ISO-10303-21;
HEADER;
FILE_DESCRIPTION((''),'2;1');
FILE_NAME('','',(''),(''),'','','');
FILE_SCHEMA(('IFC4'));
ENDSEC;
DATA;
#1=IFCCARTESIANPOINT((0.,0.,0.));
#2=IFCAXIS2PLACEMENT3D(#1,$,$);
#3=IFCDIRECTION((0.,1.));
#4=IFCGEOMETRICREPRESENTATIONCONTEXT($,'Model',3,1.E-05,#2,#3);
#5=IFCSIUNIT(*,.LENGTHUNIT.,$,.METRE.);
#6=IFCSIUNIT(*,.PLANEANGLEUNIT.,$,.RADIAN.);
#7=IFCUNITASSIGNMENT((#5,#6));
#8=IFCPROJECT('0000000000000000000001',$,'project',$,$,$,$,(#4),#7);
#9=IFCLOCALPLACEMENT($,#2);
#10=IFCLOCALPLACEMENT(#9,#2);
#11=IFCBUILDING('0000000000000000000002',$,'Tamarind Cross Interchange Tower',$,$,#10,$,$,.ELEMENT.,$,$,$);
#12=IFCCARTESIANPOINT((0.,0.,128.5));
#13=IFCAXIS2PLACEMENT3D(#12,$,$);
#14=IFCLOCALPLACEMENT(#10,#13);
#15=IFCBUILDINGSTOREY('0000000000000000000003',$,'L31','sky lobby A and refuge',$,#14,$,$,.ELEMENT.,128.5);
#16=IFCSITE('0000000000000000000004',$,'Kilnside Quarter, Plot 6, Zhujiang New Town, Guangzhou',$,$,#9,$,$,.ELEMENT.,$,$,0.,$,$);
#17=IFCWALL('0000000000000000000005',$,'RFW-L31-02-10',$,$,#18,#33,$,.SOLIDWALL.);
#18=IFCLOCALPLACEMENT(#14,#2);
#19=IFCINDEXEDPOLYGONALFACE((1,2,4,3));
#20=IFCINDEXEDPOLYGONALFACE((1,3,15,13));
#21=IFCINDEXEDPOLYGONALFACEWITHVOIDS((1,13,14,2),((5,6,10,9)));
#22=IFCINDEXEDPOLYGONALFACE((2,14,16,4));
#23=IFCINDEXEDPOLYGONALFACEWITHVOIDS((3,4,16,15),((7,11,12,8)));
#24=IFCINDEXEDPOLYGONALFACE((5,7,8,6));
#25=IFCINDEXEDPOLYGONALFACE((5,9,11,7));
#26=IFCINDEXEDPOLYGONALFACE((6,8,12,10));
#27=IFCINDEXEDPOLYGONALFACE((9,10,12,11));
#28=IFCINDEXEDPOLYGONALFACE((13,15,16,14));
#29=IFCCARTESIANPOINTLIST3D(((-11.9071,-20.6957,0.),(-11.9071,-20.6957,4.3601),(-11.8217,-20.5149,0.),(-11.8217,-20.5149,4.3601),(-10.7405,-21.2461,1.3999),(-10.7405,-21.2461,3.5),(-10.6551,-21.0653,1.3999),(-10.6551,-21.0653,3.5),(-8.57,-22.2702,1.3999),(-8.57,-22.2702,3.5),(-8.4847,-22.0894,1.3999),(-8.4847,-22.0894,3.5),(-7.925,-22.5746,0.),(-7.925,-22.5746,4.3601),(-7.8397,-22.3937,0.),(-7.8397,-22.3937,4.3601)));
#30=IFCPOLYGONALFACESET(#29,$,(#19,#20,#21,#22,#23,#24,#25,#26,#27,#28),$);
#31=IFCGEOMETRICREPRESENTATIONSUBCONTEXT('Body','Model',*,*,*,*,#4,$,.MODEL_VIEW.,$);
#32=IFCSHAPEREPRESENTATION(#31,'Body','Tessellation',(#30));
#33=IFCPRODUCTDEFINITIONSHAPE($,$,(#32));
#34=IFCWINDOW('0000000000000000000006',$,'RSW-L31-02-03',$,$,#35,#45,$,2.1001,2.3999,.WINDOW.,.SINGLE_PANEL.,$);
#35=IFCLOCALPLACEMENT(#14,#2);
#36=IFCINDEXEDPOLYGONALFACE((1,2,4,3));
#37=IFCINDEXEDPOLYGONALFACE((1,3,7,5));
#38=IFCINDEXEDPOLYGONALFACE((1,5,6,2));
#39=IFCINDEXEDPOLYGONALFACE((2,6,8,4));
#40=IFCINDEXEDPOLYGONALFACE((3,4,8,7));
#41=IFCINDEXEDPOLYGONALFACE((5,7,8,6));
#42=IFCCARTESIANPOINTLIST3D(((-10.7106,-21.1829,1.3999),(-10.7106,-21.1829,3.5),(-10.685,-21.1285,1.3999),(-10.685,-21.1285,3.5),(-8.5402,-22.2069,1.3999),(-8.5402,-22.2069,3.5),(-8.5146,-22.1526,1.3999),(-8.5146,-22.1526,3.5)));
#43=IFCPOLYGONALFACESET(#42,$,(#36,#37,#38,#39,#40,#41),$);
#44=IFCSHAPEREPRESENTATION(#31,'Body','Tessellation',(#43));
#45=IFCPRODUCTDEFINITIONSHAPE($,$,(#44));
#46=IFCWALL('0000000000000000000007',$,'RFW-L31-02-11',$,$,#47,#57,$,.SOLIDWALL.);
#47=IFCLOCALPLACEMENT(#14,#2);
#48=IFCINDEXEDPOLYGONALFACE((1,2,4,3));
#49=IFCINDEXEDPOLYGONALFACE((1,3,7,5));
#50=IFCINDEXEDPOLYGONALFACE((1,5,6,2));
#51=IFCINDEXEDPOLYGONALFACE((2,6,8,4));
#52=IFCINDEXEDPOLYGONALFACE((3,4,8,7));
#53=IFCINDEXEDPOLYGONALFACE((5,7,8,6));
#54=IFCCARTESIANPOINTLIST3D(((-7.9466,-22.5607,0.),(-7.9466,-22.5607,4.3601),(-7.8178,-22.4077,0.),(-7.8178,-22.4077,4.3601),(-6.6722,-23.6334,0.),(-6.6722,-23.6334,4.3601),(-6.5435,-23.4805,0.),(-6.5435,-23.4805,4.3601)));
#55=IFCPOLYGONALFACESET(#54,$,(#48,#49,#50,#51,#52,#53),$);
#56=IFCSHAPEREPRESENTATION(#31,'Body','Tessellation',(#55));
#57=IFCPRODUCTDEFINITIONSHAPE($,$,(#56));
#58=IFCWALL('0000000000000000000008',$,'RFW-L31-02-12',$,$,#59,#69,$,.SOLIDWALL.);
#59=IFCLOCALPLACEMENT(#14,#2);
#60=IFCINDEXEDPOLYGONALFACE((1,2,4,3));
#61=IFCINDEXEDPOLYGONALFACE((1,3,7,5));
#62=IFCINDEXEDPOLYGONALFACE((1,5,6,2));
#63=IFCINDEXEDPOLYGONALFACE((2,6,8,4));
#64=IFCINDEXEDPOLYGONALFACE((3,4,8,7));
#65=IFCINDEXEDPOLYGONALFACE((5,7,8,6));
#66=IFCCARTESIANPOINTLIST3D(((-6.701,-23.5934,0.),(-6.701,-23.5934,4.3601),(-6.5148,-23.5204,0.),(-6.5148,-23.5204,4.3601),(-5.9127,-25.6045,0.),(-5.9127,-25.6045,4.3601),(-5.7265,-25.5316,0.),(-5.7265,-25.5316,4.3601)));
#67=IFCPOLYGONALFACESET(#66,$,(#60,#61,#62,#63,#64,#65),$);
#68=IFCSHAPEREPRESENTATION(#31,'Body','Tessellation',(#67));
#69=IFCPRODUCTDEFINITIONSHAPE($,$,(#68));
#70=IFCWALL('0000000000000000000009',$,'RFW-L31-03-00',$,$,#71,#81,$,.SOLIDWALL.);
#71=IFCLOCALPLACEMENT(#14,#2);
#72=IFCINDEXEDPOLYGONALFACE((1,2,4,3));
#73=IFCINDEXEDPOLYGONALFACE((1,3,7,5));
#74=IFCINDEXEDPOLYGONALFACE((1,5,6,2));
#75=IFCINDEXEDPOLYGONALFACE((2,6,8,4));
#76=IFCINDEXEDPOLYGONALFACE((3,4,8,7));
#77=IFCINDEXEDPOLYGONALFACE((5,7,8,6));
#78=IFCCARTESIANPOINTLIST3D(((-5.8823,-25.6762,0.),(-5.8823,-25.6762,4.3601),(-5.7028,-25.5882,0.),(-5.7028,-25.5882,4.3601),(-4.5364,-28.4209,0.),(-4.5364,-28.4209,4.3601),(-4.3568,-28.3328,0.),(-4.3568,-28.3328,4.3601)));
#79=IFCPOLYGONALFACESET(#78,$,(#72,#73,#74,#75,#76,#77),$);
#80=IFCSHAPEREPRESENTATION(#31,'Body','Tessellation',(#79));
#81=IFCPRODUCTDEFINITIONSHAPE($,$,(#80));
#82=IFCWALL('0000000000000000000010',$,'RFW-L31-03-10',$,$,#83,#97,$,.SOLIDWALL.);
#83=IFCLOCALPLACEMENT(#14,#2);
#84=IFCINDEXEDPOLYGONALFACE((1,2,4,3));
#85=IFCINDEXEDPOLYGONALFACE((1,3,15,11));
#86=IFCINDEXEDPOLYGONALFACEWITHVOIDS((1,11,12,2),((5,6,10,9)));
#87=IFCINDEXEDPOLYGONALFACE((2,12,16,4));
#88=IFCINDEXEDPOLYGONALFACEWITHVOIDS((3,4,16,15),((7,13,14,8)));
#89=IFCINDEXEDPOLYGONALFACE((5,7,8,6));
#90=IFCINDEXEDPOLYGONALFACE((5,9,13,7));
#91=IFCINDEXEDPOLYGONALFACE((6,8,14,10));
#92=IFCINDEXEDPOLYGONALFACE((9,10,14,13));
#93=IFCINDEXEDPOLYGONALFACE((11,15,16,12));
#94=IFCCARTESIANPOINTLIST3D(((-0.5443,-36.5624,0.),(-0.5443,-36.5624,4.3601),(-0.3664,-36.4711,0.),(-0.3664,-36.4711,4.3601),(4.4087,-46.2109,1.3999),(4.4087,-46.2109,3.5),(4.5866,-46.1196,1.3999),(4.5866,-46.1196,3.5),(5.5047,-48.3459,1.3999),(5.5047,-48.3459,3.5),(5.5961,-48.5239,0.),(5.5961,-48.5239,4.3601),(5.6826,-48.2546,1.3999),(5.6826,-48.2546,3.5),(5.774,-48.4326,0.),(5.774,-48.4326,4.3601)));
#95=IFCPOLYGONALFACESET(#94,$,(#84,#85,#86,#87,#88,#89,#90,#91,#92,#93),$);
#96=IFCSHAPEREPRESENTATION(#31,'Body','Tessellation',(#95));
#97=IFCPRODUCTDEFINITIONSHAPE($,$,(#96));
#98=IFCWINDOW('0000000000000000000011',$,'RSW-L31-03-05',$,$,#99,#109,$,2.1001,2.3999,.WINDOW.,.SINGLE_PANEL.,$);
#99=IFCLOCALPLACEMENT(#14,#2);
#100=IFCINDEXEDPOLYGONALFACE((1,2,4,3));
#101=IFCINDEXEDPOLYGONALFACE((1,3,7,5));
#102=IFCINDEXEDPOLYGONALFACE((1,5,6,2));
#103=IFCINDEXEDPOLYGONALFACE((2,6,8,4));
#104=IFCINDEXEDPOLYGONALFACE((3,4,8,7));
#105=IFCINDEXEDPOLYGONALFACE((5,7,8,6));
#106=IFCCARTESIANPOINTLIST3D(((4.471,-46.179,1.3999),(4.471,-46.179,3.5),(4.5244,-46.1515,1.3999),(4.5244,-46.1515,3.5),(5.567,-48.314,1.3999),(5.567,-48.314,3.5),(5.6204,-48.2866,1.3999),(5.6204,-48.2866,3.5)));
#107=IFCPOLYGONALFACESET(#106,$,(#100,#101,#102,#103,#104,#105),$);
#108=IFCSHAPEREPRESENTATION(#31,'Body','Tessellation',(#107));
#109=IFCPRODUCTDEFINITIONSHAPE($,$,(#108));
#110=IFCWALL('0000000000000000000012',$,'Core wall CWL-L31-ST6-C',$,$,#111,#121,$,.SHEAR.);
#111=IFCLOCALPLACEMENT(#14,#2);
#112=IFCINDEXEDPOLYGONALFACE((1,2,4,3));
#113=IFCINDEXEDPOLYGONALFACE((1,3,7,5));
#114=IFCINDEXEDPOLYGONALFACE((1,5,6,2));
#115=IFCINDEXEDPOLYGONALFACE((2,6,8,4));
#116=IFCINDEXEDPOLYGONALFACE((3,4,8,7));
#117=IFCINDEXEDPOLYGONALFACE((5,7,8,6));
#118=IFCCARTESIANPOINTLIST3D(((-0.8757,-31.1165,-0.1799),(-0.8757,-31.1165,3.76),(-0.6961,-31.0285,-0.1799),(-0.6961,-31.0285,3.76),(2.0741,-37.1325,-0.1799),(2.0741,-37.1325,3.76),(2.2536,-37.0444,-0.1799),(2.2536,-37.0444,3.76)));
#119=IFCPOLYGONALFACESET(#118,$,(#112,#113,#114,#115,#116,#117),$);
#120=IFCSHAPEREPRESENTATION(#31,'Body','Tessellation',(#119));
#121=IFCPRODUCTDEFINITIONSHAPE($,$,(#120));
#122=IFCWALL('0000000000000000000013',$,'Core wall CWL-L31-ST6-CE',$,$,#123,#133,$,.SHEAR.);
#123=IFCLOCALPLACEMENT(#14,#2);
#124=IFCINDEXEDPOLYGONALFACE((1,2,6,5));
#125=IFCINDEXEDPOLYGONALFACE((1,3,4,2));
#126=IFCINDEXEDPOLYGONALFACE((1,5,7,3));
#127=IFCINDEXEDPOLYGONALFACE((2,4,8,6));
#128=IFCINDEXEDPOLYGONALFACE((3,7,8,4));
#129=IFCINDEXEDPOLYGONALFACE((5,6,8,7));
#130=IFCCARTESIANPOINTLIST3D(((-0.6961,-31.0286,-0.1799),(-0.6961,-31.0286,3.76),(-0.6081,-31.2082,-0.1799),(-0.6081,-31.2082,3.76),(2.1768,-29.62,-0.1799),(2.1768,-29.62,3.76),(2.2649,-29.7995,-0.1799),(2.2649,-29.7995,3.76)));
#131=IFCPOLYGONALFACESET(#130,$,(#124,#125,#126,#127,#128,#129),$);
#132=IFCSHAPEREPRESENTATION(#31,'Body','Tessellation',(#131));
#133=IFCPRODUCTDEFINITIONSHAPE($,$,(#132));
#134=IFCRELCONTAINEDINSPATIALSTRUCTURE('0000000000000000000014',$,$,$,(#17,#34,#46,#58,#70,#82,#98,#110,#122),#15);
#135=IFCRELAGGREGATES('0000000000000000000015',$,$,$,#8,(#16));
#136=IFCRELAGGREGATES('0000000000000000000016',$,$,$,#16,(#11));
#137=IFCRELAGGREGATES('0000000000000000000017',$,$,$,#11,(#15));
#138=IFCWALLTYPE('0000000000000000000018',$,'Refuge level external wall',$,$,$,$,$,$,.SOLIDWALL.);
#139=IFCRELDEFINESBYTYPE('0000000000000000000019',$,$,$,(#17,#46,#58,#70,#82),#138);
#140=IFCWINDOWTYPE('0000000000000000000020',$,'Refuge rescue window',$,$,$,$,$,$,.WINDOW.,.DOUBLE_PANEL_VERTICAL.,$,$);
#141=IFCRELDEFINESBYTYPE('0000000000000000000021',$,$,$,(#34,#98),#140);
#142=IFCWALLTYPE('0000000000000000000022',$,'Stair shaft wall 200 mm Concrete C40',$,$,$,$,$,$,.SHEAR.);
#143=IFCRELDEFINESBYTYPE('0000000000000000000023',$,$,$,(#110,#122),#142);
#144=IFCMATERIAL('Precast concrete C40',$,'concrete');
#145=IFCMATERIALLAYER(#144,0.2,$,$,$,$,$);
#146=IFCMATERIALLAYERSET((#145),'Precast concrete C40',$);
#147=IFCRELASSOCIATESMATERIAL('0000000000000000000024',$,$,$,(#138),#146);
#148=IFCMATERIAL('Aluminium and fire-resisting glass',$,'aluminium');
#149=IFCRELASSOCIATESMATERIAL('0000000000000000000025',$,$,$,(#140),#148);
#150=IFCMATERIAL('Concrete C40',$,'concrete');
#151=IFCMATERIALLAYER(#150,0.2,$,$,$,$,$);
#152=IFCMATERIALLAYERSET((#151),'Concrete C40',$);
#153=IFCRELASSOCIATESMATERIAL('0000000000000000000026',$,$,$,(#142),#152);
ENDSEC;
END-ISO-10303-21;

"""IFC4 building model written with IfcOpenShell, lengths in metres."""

from ifc_helpers import new_model, si_unit, direction, frame, frame_2d, origin, place, context, subcontext, project, spatial, rectangle, extrude, material, layer, layer_set, type_object, element, fill, save


model = new_model("IFC4")

# Units and contexts
model_context = context("Model", 3, precision=1e-05, world=origin(), true_north=direction((0.0, 1.0)))
body_context = subcontext(model_context, "Body", "Model", "MODEL_VIEW")
ifc_project = project(units=[si_unit("LENGTHUNIT", "METRE"), si_unit("PLANEANGLEUNIT", "RADIAN")], contexts=[model_context])

# Site, building, storey
site_placement = place(None, origin())
site = spatial("IfcSite", under=ifc_project, at=site_placement, Name="Kilnside Quarter, Plot 6, Zhujiang New Town, Guangzhou", CompositionType="ELEMENT", RefElevation=0.0)
building_placement = place(site_placement, origin())
building = spatial("IfcBuilding", under=site, at=building_placement, Name="Tamarind Cross Interchange Tower", CompositionType="ELEMENT")
storey_placement = place(building_placement, frame((0.0, 0.0, 128.5)))
storey = spatial("IfcBuildingStorey", under=building, at=storey_placement, Name="L31", Description="sky lobby A and refuge", CompositionType="ELEMENT", Elevation=128.5)

# Wall, opening, window
ifc_material_1 = material(Name="Precast concrete C40", Category="concrete")
ifc_layer_1 = layer(ifc_material_1, 0.2)
ifc_layer_set_1 = layer_set([ifc_layer_1], Name="Precast concrete C40")
wall_type_1 = type_object("IfcWallType", Name="Refuge level external wall", PredefinedType="SOLIDWALL", material=ifc_layer_set_1)
wall_1_placement = place(storey_placement, frame((-11.8645, -20.6052, 0.0), z_axis=(0.0, 0.0, 1.0), x_axis=(0.904386, -0.426715, 0.0)))
wall_1 = element("IfcWall", 1, at=wall_1_placement, inside=storey, type_object=wall_type_1, Name="RFW-L31-02-10", PredefinedType="SOLIDWALL", context=body_context, shape_type="SweptSolid", body=[
    extrude(rectangle(XDim=4.4031, YDim=0.2, at=frame_2d((2.2017, 0.0))), origin(), (0.0, 0.0, 1.0), 4.3601),
])
opening_1_placement = place(wall_1_placement, frame((1.29, 0.0, 1.3999)))
opening_1 = element("IfcOpeningElement", 2, at=opening_1_placement, cuts=wall_1, PredefinedType="OPENING", context=body_context, shape_type="SweptSolid", body=[
    extrude(rectangle(XDim=2.3999, YDim=2.1001, at=frame_2d((1.2, 1.05))), frame((0.0, 0.1099, 0.0), z_axis=(0.0, -1.0, 0.0), x_axis=(1.0, 0.0, 0.0)), (0.0, 0.0, 1.0), 0.22),
])
ifc_material_2 = material(Name="Aluminium and fire-resisting glass", Category="aluminium")
window_type = type_object("IfcWindowType", Name="Refuge rescue window", PartitioningType="DOUBLE_PANEL_VERTICAL", PredefinedType="WINDOW", material=ifc_material_2)
window_1_placement = place(opening_1_placement, origin())
window_1 = element("IfcWindow", 3, at=window_1_placement, inside=storey, type_object=window_type, Name="RSW-L31-02-03", OverallHeight=2.1001, OverallWidth=2.3999, PartitioningType="SINGLE_PANEL", PredefinedType="WINDOW", context=body_context, shape_type="SweptSolid", body=[
    extrude(rectangle(XDim=2.3999, YDim=2.1001, at=frame_2d((1.2, 1.05))), frame((0.0, 0.03, 0.0), z_axis=(0.0, -1.0, 0.0), x_axis=(1.0, 0.0, 0.0)), (0.0, 0.0, 1.0), 0.0601),
])
fill(opening_1, window_1)

# Walls
wall_2_placement = place(storey_placement, frame((-7.8823, -22.4841, 0.0), z_axis=(0.0, 0.0, 1.0), x_axis=(0.76504, -0.643982, 0.0)))
element("IfcWall", 4, at=wall_2_placement, inside=storey, type_object=wall_type_1, Name="RFW-L31-02-11", PredefinedType="SOLIDWALL", context=body_context, shape_type="SweptSolid", body=[
    extrude(rectangle(XDim=1.6658, YDim=0.2, at=frame_2d((0.833, 0.0))), origin(), (0.0, 0.0, 1.0), 4.3601),
])
wall_3_placement = place(storey_placement, frame((-6.6079, -23.5569, 0.0), z_axis=(0.0, 0.0, 1.0), x_axis=(0.364932, -0.931034, 0.0)))
element("IfcWall", 5, at=wall_3_placement, inside=storey, type_object=wall_type_1, Name="RFW-L31-02-12", PredefinedType="SOLIDWALL", context=body_context, shape_type="SweptSolid", body=[
    extrude(rectangle(XDim=2.1602, YDim=0.2, at=frame_2d((1.0801, 0.0))), origin(), (0.0, 0.0, 1.0), 4.3601),
])
wall_4_placement = place(storey_placement, frame((-5.7925, -25.6323, 0.0), z_axis=(0.0, 0.0, 1.0), x_axis=(0.4403, -0.897851, 0.0)))
element("IfcWall", 6, at=wall_4_placement, inside=storey, type_object=wall_type_1, Name="RFW-L31-03-00", PredefinedType="SOLIDWALL", context=body_context, shape_type="SweptSolid", body=[
    extrude(rectangle(XDim=3.0569, YDim=0.2, at=frame_2d((1.5283, 0.0))), origin(), (0.0, 0.0, 1.0), 4.3601),
])

# Wall, opening, window
wall_5_placement = place(storey_placement, frame((-0.4553, -36.5168, 0.0), z_axis=(0.0, 0.0, 1.0), x_axis=(0.456689, -0.889627, 0.0)))
wall_5 = element("IfcWall", 7, at=wall_5_placement, inside=storey, type_object=wall_type_1, Name="RFW-L31-03-10", PredefinedType="SOLIDWALL", context=body_context, shape_type="SweptSolid", body=[
    extrude(rectangle(XDim=13.4456, YDim=0.2, at=frame_2d((6.7227, 0.0))), origin(), (0.0, 0.0, 1.0), 4.3601),
])
opening_2_placement = place(wall_5_placement, frame((10.8455, 0.0, 1.3999)))
opening_2 = element("IfcOpeningElement", 8, at=opening_2_placement, cuts=wall_5, PredefinedType="OPENING", context=body_context, shape_type="SweptSolid", body=[
    extrude(rectangle(XDim=2.3999, YDim=2.1001, at=frame_2d((1.2, 1.05))), frame((0.0, 0.1099, 0.0), z_axis=(0.0, -1.0, 0.0), x_axis=(1.0, 0.0, 0.0)), (0.0, 0.0, 1.0), 0.22),
])
window_2_placement = place(opening_2_placement, origin())
window_2 = element("IfcWindow", 9, at=window_2_placement, inside=storey, type_object=window_type, Name="RSW-L31-03-05", OverallHeight=2.1001, OverallWidth=2.3999, PartitioningType="SINGLE_PANEL", PredefinedType="WINDOW", context=body_context, shape_type="SweptSolid", body=[
    extrude(rectangle(XDim=2.3999, YDim=2.1001, at=frame_2d((1.2, 1.05))), frame((0.0, 0.03, 0.0), z_axis=(0.0, -1.0, 0.0), x_axis=(1.0, 0.0, 0.0)), (0.0, 0.0, 1.0), 0.0601),
])
fill(opening_2, window_2)

# Walls
ifc_material_3 = material(Name="Concrete C40", Category="concrete")
ifc_layer_2 = layer(ifc_material_3, 0.2)
ifc_layer_set_2 = layer_set([ifc_layer_2], Name="Concrete C40")
wall_type_2 = type_object("IfcWallType", Name="Stair shaft wall 200 mm Concrete C40", PredefinedType="SHEAR", material=ifc_layer_set_2)
wall_6_placement = place(storey_placement, frame((-0.7859, -31.0725, -0.1799), z_axis=(0.0, 0.0, 1.0), x_axis=(0.440248, -0.897876, 0.0)))
element("IfcWall", 10, at=wall_6_placement, inside=storey, type_object=wall_type_2, Name="Core wall CWL-L31-ST6-C", PredefinedType="SHEAR", context=body_context, shape_type="SweptSolid", body=[
    extrude(rectangle(XDim=6.7002, YDim=0.2, at=frame_2d((3.3501, 0.0))), origin(), (0.0, 0.0, 1.0), 3.9399),
])
wall_7_placement = place(storey_placement, frame((-0.6521, -31.1184, -0.1799), z_axis=(0.0, 0.0, 1.0), x_axis=(0.897879, 0.440242, 0.0)))
element("IfcWall", 11, at=wall_7_placement, inside=storey, type_object=wall_type_2, Name="Core wall CWL-L31-ST6-CE", PredefinedType="SHEAR", context=body_context, shape_type="SweptSolid", body=[
    extrude(rectangle(XDim=3.1997, YDim=0.2, at=frame_2d((1.5999, 0.0))), origin(), (0.0, 0.0, 1.0), 3.9399),
])

save(model, "model.ifc")
